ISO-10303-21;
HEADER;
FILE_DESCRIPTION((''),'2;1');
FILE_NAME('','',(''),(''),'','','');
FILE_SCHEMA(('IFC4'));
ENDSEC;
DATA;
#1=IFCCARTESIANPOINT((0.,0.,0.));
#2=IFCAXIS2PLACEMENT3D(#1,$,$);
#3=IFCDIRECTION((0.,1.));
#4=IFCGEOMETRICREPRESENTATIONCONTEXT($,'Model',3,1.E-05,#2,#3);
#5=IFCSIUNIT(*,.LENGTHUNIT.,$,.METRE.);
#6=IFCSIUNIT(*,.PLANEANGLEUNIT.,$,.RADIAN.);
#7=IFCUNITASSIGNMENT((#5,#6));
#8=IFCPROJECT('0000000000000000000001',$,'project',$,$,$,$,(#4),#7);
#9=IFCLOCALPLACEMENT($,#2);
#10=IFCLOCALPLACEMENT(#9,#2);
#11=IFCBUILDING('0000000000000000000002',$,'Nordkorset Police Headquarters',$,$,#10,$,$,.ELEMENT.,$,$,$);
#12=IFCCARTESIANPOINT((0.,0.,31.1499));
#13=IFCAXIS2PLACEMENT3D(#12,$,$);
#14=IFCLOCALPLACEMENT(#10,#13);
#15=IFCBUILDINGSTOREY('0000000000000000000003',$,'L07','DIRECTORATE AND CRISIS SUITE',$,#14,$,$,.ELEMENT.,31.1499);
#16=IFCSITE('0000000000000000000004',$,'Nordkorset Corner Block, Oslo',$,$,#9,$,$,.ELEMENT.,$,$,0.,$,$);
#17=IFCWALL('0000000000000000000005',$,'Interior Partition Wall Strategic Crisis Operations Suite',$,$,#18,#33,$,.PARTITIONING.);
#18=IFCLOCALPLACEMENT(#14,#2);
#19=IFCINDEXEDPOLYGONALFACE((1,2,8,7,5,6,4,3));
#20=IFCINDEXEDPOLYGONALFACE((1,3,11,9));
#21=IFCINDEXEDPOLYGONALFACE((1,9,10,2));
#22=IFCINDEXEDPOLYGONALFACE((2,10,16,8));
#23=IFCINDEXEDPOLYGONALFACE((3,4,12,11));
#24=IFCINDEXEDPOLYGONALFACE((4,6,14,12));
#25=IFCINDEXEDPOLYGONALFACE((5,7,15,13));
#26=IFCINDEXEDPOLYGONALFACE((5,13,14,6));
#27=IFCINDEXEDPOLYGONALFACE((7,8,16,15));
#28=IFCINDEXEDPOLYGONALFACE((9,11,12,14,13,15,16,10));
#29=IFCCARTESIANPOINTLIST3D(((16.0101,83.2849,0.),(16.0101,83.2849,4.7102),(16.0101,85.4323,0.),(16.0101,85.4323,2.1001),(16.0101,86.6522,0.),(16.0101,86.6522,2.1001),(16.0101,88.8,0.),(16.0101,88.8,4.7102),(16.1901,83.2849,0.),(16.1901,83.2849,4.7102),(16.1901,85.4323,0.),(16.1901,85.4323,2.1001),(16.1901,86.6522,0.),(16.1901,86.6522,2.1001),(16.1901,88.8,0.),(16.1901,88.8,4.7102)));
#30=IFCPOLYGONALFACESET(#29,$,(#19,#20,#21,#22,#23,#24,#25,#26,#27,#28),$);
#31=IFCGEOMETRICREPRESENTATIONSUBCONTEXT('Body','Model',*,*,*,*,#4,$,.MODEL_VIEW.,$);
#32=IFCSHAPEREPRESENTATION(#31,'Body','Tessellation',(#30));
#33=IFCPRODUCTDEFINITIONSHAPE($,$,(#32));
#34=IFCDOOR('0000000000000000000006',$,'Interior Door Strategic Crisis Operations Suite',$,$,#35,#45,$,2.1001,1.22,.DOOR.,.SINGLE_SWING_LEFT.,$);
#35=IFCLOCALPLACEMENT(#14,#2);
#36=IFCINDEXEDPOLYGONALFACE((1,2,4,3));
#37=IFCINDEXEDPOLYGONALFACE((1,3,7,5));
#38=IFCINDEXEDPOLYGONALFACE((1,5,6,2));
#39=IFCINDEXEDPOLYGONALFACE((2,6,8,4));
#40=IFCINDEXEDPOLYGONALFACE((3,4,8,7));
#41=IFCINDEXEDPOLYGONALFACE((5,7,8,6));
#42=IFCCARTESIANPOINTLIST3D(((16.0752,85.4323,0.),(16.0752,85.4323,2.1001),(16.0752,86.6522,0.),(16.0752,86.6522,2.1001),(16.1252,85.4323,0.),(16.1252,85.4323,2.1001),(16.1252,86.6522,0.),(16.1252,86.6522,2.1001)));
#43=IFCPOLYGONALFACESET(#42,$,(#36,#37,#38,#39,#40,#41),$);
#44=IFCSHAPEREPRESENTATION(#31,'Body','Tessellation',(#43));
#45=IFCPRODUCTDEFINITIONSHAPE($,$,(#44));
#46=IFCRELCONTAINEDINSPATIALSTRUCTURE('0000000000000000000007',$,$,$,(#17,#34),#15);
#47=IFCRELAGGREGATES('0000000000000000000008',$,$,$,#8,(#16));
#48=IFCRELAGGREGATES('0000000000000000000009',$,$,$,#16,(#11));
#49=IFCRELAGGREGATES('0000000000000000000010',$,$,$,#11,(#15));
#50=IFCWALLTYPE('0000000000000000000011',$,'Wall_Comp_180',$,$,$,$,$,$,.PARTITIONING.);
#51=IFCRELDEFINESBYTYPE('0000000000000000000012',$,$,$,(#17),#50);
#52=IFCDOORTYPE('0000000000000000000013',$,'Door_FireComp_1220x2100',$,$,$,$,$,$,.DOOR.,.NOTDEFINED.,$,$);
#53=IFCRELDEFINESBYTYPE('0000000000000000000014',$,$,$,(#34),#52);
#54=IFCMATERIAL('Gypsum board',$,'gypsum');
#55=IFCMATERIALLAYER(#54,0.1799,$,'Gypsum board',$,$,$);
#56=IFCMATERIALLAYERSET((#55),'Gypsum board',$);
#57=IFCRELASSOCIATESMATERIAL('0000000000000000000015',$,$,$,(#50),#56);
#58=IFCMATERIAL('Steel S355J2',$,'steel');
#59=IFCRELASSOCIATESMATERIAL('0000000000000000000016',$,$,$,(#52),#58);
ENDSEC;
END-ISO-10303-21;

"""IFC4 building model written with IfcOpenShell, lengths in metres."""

from ifc_helpers import new_model, si_unit, direction, frame, frame_2d, origin, place, context, subcontext, project, spatial, rectangle, extrude, material, layer, layer_set, type_object, element, fill, save


model = new_model("IFC4")

# Units and contexts
model_context = context("Model", 3, precision=1e-05, world=origin(), true_north=direction((0.0, 1.0)))
body_context = subcontext(model_context, "Body", "Model", "MODEL_VIEW")
ifc_project = project(units=[si_unit("LENGTHUNIT", "METRE"), si_unit("PLANEANGLEUNIT", "RADIAN")], contexts=[model_context])

# Site, building, storey
site_placement = place(None, origin())
site = spatial("IfcSite", under=ifc_project, at=site_placement, Name="Nordkorset Corner Block, Oslo", CompositionType="ELEMENT", RefElevation=0.0)
building_placement = place(site_placement, origin())
building = spatial("IfcBuilding", under=site, at=building_placement, Name="Nordkorset Police Headquarters", CompositionType="ELEMENT")
storey_placement = place(building_placement, frame((0.0, 0.0, 31.1499)))
storey = spatial("IfcBuildingStorey", under=building, at=storey_placement, Name="L07", Description="DIRECTORATE AND CRISIS SUITE", CompositionType="ELEMENT", Elevation=31.1499)

# Shared definitions
ifc_material_1 = material(Name="Gypsum board", Category="gypsum")
ifc_layer_1 = layer(ifc_material_1, 0.1799, Name="Gypsum board")
ifc_layer_set_1 = layer_set([ifc_layer_1], Name="Gypsum board")
wall_type = type_object("IfcWallType", Name="Wall_Comp_180", PredefinedType="PARTITIONING", material=ifc_layer_set_1)

# Wall, opening, door
wall_1_placement = place(storey_placement, frame((16.1001, 83.2849, 0.0), z_axis=(0.0, 0.0, 1.0), x_axis=(0.0, 1.0, 0.0)))
wall_1 = element("IfcWall", 1, at=wall_1_placement, inside=storey, type_object=wall_type, Name="Interior Partition Wall Strategic Crisis Operations Suite", PredefinedType="PARTITIONING", context=body_context, shape_type="SweptSolid", body=[
    extrude(rectangle(XDim=5.5151, YDim=0.1799, at=frame_2d((2.7576, 0.0))), origin(), (0.0, 0.0, 1.0), 4.7102),
])
opening_1_placement = place(wall_1_placement, frame((2.1475, 0.0, 0.0)))
opening_1 = element("IfcOpeningElement", 2, at=opening_1_placement, cuts=wall_1, PredefinedType="OPENING", context=body_context, shape_type="SweptSolid", body=[
    extrude(rectangle(XDim=1.22, YDim=2.1001, at=frame_2d((0.6099, 1.05))), frame((0.0, 0.1001, 0.0), z_axis=(0.0, -1.0, 0.0), x_axis=(1.0, 0.0, 0.0)), (0.0, 0.0, 1.0), 0.2),
])
ifc_material_2 = material(Name="Steel S355J2", Category="steel")
door_type_1 = type_object("IfcDoorType", Name="Door_FireComp_1220x2100", OperationType="NOTDEFINED", PredefinedType="DOOR", material=ifc_material_2)
door_1_placement = place(opening_1_placement, origin())
door_1 = element("IfcDoor", 3, at=door_1_placement, inside=storey, type_object=door_type_1, Name="Interior Door Strategic Crisis Operations Suite", OperationType="SINGLE_SWING_LEFT", OverallHeight=2.1001, OverallWidth=1.22, PredefinedType="DOOR", context=body_context, shape_type="SweptSolid", body=[
    extrude(rectangle(XDim=1.22, YDim=2.1001, at=frame_2d((0.6099, 1.05))), frame((0.0, 0.0249, 0.0), z_axis=(0.0, -1.0, 0.0), x_axis=(1.0, 0.0, 0.0)), (0.0, 0.0, 1.0), 0.05),
])
fill(opening_1, door_1)

save(model, "model.ifc")
